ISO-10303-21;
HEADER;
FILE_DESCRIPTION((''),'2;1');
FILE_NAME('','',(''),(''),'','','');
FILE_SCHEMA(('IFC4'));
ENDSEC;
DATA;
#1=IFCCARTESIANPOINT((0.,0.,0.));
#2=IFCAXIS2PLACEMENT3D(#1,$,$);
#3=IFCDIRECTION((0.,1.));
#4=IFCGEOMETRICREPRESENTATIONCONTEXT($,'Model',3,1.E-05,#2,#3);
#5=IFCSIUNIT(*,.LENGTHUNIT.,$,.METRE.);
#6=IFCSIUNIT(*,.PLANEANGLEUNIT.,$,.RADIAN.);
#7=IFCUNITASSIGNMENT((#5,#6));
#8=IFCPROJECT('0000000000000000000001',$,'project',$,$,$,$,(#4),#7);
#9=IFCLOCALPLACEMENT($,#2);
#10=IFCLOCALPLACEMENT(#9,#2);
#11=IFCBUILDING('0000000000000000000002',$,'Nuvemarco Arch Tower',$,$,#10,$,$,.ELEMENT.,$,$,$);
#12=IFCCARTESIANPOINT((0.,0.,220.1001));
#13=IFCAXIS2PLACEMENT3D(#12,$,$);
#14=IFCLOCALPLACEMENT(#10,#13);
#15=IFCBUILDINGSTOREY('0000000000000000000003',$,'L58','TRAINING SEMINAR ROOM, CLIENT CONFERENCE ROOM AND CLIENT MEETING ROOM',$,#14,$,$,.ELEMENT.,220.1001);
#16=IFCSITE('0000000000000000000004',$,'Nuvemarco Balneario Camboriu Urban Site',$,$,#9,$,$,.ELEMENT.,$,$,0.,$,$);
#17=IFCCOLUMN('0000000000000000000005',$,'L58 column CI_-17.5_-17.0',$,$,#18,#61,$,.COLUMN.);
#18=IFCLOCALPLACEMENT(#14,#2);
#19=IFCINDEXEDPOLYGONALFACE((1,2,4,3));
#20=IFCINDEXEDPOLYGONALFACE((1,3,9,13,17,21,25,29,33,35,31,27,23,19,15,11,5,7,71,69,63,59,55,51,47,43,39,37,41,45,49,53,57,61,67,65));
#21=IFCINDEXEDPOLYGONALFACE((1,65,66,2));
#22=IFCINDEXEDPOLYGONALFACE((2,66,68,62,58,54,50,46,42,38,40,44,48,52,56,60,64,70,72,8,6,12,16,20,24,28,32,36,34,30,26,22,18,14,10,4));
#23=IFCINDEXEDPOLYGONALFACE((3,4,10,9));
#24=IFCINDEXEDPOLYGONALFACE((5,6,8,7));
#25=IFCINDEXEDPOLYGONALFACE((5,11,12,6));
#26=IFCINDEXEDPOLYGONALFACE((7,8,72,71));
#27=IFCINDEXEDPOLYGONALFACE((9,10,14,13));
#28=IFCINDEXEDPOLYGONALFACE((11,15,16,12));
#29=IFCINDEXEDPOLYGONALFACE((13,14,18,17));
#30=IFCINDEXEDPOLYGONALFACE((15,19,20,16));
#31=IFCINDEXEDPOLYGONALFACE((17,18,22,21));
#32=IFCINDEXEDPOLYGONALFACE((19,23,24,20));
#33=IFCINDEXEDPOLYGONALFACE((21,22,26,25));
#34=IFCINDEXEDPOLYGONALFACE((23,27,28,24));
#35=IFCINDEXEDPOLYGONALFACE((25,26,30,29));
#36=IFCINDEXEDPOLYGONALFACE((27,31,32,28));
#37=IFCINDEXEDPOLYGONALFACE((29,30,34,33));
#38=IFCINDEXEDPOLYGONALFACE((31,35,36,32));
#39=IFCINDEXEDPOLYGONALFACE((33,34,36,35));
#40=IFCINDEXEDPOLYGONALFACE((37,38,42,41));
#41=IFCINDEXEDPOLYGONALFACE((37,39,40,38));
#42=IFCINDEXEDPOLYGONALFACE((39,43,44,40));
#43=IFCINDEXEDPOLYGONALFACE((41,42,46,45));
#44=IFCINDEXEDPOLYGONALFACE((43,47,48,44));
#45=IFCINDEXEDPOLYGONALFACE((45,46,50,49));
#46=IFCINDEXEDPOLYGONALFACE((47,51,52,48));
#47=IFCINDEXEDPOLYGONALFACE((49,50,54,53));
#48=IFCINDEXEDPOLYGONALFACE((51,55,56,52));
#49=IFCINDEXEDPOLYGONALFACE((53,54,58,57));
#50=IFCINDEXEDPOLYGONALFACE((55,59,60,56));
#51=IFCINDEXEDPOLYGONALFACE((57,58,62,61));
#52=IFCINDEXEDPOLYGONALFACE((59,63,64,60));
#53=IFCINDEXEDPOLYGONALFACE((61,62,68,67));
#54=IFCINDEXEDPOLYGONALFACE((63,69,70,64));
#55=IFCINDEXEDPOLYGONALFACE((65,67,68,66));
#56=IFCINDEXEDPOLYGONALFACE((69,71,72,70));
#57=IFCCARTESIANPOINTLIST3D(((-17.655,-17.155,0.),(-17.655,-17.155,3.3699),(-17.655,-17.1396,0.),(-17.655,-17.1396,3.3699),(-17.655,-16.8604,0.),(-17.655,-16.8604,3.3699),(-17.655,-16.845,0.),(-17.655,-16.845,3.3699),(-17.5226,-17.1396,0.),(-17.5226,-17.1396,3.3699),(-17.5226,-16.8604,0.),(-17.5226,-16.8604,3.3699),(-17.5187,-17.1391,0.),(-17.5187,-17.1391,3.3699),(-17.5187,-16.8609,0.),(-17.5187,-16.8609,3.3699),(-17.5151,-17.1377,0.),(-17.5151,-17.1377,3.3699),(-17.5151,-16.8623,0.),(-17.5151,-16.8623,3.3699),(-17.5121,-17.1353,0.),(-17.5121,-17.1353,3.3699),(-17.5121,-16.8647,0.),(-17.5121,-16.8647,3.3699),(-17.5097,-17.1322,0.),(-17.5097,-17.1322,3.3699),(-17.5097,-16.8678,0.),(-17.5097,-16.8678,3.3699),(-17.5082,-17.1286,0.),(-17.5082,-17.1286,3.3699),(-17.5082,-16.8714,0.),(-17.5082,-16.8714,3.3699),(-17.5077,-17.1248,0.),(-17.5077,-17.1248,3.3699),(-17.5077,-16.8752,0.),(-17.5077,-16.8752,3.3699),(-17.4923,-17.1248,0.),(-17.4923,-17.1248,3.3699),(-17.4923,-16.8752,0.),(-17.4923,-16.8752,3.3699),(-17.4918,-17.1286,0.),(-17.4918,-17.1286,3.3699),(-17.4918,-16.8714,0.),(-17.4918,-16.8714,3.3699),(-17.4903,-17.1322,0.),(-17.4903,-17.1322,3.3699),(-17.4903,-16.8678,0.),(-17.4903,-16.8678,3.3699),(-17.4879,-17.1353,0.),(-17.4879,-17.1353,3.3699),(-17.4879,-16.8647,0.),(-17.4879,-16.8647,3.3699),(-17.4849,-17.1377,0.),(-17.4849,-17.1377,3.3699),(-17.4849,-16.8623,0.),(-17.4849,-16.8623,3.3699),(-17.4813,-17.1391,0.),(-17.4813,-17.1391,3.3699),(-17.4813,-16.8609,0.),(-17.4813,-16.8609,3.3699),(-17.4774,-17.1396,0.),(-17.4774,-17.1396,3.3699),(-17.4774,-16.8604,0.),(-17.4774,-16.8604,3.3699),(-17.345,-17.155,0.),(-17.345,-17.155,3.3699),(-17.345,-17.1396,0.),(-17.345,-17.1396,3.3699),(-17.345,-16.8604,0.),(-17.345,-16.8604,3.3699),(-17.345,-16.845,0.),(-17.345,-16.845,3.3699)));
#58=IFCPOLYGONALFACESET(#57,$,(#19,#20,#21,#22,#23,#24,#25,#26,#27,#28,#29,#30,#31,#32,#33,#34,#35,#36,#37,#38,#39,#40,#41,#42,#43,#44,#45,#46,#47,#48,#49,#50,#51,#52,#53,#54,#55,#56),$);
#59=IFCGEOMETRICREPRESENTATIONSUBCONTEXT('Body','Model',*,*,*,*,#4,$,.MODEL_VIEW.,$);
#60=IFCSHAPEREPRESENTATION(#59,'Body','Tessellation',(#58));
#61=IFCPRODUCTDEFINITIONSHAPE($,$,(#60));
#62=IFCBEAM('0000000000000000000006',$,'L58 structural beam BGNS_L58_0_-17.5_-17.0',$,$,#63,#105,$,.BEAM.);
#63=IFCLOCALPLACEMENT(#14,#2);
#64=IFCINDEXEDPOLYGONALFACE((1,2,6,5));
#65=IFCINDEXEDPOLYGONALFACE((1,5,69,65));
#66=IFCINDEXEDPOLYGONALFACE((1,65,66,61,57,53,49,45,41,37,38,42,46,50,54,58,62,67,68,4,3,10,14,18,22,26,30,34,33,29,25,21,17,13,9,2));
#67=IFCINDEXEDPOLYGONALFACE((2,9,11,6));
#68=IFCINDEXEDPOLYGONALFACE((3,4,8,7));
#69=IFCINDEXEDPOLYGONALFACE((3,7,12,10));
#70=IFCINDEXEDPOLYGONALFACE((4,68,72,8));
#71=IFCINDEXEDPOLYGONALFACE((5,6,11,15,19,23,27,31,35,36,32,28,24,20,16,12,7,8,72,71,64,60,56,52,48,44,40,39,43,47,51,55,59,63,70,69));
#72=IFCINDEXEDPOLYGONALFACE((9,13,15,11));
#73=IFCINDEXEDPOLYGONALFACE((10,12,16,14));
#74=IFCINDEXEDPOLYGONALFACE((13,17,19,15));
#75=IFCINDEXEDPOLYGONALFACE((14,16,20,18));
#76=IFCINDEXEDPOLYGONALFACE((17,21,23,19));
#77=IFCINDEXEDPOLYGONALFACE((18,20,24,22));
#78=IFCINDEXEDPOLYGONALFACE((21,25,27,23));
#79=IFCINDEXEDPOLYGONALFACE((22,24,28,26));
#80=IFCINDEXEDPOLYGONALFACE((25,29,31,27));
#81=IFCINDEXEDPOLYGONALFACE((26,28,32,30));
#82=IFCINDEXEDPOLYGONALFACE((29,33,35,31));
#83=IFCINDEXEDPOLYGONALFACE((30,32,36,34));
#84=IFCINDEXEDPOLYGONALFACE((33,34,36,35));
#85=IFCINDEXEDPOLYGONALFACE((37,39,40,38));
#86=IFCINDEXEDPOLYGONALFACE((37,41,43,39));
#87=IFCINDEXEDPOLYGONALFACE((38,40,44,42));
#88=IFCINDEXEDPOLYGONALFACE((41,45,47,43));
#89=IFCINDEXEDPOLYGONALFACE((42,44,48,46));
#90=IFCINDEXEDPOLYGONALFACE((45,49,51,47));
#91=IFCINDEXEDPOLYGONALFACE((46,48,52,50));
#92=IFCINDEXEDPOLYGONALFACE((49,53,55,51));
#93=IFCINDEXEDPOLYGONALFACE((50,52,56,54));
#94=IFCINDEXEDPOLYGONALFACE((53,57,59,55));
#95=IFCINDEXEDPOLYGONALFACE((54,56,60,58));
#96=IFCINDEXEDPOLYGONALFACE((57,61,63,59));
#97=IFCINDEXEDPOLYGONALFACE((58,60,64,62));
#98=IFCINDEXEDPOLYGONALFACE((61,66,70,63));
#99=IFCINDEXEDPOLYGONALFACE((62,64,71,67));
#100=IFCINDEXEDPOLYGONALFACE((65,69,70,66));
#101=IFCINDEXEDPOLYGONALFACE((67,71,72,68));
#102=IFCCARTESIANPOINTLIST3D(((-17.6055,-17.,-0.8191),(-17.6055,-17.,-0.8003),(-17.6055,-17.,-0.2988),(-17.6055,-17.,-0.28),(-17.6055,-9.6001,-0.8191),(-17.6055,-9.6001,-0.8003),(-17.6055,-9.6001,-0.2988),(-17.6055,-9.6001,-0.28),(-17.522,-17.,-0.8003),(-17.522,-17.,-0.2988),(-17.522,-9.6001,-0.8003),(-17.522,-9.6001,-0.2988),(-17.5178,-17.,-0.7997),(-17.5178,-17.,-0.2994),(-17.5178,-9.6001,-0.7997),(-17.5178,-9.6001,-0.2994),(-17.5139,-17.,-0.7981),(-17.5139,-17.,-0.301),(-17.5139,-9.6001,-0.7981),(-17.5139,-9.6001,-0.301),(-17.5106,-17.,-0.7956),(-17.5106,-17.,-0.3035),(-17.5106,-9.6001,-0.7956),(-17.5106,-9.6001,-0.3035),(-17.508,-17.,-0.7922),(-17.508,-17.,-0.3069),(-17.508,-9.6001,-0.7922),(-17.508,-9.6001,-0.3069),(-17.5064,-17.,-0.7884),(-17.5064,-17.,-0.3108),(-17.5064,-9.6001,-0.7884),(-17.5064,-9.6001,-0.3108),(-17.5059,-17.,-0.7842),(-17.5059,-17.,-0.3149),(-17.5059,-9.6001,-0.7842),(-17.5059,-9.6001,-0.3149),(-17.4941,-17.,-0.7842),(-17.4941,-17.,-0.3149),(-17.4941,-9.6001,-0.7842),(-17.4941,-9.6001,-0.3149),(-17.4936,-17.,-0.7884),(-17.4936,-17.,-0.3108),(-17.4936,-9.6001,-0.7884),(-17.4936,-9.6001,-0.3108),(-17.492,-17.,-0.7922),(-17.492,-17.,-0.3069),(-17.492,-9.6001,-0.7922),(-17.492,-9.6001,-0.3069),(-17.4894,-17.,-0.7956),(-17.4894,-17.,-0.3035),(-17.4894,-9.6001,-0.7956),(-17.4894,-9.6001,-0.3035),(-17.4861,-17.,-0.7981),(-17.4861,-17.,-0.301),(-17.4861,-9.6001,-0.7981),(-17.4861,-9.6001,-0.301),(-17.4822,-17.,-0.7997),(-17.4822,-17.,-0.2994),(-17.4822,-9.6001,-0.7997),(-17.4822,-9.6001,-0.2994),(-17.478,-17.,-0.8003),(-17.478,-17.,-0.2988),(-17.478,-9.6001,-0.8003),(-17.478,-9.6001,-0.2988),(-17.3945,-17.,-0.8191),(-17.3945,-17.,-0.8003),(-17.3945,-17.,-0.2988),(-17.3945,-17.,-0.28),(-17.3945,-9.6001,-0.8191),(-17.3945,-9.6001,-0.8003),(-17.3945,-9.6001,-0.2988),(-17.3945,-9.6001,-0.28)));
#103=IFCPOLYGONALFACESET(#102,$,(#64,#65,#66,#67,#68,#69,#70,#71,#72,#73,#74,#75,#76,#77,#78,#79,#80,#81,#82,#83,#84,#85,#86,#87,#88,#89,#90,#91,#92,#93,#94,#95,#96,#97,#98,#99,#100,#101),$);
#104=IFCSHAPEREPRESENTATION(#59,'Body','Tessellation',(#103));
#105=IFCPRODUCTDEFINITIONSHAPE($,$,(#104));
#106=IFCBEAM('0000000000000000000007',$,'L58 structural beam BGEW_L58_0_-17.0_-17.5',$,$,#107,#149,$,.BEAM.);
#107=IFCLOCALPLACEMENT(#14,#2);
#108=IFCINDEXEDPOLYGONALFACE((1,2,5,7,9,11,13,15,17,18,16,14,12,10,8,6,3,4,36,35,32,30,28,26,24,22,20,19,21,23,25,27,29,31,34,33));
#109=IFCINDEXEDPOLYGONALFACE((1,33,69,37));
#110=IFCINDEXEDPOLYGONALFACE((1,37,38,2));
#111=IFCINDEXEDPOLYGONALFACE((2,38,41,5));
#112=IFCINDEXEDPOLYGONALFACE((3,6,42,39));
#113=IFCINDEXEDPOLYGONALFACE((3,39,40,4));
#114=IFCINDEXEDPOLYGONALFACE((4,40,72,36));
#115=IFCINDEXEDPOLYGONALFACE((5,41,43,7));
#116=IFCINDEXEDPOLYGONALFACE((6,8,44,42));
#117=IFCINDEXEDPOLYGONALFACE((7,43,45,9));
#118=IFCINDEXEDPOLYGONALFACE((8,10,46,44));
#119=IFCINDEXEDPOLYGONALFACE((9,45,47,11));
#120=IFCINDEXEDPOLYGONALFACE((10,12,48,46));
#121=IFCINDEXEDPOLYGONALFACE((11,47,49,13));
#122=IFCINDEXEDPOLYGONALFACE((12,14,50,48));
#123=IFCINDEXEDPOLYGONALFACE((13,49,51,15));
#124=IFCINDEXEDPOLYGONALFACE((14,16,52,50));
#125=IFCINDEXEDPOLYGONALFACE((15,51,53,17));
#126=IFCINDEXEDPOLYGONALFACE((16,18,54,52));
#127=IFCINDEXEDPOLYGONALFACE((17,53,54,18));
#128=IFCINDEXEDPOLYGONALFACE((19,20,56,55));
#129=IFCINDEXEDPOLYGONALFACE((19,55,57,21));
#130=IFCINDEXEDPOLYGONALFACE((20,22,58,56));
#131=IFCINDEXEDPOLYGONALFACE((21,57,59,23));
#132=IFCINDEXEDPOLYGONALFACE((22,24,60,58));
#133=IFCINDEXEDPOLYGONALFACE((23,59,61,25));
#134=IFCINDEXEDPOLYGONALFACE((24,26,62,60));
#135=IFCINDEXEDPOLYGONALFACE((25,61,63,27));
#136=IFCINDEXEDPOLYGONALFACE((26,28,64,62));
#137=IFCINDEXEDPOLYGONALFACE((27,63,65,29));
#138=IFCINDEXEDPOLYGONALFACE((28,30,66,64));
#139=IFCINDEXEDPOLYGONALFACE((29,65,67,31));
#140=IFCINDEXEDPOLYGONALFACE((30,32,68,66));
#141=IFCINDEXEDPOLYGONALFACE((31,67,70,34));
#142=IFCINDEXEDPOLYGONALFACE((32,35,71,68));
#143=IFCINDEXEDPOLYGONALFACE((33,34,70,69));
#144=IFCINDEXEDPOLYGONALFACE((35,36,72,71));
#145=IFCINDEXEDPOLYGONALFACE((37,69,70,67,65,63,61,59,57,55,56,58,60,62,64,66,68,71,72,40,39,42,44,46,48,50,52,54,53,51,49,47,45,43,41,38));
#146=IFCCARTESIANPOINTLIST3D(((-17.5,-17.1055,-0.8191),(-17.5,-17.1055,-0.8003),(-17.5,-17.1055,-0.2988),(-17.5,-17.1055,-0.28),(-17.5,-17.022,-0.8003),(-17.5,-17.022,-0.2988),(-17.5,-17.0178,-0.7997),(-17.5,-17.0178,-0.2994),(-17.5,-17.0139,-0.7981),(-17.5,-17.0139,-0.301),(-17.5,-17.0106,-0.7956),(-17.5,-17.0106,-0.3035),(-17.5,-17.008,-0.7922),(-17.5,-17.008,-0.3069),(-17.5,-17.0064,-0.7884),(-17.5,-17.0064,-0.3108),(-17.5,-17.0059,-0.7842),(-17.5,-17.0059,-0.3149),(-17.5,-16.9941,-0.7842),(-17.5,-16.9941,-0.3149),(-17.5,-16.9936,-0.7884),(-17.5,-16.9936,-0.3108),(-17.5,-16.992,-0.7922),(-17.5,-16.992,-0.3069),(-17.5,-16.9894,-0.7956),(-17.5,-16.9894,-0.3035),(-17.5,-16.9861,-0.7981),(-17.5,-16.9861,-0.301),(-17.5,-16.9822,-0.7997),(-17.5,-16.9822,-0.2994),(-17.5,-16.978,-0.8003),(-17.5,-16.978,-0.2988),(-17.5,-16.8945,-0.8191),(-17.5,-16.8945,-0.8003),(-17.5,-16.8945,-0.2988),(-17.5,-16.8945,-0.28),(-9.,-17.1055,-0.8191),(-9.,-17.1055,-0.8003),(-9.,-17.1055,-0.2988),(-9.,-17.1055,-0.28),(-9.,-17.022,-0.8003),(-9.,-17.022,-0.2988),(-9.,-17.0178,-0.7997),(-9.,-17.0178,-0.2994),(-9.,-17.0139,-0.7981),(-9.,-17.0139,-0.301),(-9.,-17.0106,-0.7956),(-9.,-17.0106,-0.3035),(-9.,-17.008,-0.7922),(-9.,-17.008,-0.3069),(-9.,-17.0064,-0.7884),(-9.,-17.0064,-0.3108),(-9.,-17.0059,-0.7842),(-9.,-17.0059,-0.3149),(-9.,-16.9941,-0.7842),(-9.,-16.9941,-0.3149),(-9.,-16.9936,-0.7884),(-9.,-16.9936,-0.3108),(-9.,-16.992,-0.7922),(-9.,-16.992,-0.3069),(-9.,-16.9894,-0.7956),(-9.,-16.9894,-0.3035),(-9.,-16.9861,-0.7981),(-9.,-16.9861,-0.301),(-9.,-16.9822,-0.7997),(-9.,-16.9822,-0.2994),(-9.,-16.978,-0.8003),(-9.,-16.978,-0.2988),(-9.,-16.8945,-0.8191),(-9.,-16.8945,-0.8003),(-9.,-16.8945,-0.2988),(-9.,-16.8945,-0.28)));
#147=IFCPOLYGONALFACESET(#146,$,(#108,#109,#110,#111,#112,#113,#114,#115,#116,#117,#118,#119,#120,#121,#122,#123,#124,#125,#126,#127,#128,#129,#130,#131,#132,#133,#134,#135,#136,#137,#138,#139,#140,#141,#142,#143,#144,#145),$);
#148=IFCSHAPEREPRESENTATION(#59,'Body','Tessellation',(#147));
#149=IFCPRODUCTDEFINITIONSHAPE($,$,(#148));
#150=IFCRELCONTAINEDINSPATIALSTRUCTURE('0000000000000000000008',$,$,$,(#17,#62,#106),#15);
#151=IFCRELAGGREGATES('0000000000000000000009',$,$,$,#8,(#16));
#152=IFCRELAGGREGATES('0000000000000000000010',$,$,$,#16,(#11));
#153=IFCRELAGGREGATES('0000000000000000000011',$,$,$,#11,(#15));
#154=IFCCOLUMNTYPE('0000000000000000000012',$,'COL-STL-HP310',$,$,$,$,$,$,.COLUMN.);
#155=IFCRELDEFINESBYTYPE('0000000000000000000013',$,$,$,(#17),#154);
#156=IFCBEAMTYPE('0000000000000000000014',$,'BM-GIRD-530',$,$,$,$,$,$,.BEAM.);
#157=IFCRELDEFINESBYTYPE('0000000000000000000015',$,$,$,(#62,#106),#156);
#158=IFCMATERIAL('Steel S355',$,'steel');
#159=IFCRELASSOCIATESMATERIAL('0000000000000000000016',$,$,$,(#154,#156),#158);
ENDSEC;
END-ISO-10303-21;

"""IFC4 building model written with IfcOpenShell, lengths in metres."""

from ifc_helpers import new_model, si_unit, direction, frame, origin, origin_2d, place, context, subcontext, project, spatial, i_section, extrude, material, material_profile, profile_set, type_object, element, save


model = new_model("IFC4")

# Units and contexts
model_context = context("Model", 3, precision=1e-05, world=origin(), true_north=direction((0.0, 1.0)))
body_context = subcontext(model_context, "Body", "Model", "MODEL_VIEW")
ifc_project = project(units=[si_unit("LENGTHUNIT", "METRE"), si_unit("PLANEANGLEUNIT", "RADIAN")], contexts=[model_context])

# Site, building, storey
site_placement = place(None, origin())
site = spatial("IfcSite", under=ifc_project, at=site_placement, Name="Nuvemarco Balneario Camboriu Urban Site", CompositionType="ELEMENT", RefElevation=0.0)
building_placement = place(site_placement, origin())
building = spatial("IfcBuilding", under=site, at=building_placement, Name="Nuvemarco Arch Tower", CompositionType="ELEMENT")
storey_placement = place(building_placement, frame((0.0, 0.0, 220.1001)))
storey = spatial("IfcBuildingStorey", under=building, at=storey_placement, Name="L58", Description="TRAINING SEMINAR ROOM, CLIENT CONFERENCE ROOM AND CLIENT MEETING ROOM", CompositionType="ELEMENT", Elevation=220.1001)

# Column
ifc_material_1 = material(Name="Steel S355", Category="steel")
ifc_material_profile_1 = material_profile(ifc_material_1, i_section(OverallWidth=0.3101, OverallDepth=0.3101, WebThickness=0.0154, FlangeThickness=0.0154, FilletRadius=0.0149, at=origin_2d()), Name="HP310x110")
ifc_profile_set_1 = profile_set([ifc_material_profile_1], Name="Steel S355")
column_type = type_object("IfcColumnType", Name="COL-STL-HP310", PredefinedType="COLUMN", material=ifc_profile_set_1)
column_placement = place(storey_placement, frame((-17.5, -17.0, 0.0), z_axis=(0.0, 0.0, 1.0), x_axis=(1.0, 0.0, 0.0)))
element("IfcColumn", 1, at=column_placement, inside=storey, type_object=column_type, Name="L58 column CI_-17.5_-17.0", PredefinedType="COLUMN", context=body_context, shape_type="SweptSolid", body=[
    extrude(i_section(OverallWidth=0.3101, OverallDepth=0.3101, WebThickness=0.0154, FlangeThickness=0.0154, FilletRadius=0.0149, at=origin_2d()), origin(), (0.0, 0.0, 1.0), 3.3699),
])

# Beams
ifc_material_profile_2 = material_profile(ifc_material_1, i_section(OverallWidth=0.2109, OverallDepth=0.5391, WebThickness=0.0117, FlangeThickness=0.0188, FilletRadius=0.0161, at=origin_2d()), Name="W530x109")
ifc_profile_set_2 = profile_set([ifc_material_profile_2], Name="Steel S355")
beam_type = type_object("IfcBeamType", Name="BM-GIRD-530", PredefinedType="BEAM", material=ifc_profile_set_2)
beam_1_placement = place(storey_placement, frame((-17.5, -17.0, -0.5496), z_axis=(0.0, 1.0, 0.0), x_axis=(-1.0, 0.0, 0.0)))
element("IfcBeam", 2, at=beam_1_placement, inside=storey, type_object=beam_type, Name="L58 structural beam BGNS_L58_0_-17.5_-17.0", PredefinedType="BEAM", context=body_context, shape_type="SweptSolid", body=[
    extrude(i_section(OverallWidth=0.2109, OverallDepth=0.5391, WebThickness=0.0117, FlangeThickness=0.0188, FilletRadius=0.0161, at=origin_2d()), origin(), (0.0, 0.0, 1.0), 7.3999),
])
beam_2_placement = place(storey_placement, frame((-17.5, -17.0, -0.5496), z_axis=(1.0, 0.0, 0.0), x_axis=(0.0, 1.0, 0.0)))
element("IfcBeam", 3, at=beam_2_placement, inside=storey, type_object=beam_type, Name="L58 structural beam BGEW_L58_0_-17.0_-17.5", PredefinedType="BEAM", context=body_context, shape_type="SweptSolid", body=[
    extrude(i_section(OverallWidth=0.2109, OverallDepth=0.5391, WebThickness=0.0117, FlangeThickness=0.0188, FilletRadius=0.0161, at=origin_2d()), origin(), (0.0, 0.0, 1.0), 8.5),
])

save(model, "model.ifc")
